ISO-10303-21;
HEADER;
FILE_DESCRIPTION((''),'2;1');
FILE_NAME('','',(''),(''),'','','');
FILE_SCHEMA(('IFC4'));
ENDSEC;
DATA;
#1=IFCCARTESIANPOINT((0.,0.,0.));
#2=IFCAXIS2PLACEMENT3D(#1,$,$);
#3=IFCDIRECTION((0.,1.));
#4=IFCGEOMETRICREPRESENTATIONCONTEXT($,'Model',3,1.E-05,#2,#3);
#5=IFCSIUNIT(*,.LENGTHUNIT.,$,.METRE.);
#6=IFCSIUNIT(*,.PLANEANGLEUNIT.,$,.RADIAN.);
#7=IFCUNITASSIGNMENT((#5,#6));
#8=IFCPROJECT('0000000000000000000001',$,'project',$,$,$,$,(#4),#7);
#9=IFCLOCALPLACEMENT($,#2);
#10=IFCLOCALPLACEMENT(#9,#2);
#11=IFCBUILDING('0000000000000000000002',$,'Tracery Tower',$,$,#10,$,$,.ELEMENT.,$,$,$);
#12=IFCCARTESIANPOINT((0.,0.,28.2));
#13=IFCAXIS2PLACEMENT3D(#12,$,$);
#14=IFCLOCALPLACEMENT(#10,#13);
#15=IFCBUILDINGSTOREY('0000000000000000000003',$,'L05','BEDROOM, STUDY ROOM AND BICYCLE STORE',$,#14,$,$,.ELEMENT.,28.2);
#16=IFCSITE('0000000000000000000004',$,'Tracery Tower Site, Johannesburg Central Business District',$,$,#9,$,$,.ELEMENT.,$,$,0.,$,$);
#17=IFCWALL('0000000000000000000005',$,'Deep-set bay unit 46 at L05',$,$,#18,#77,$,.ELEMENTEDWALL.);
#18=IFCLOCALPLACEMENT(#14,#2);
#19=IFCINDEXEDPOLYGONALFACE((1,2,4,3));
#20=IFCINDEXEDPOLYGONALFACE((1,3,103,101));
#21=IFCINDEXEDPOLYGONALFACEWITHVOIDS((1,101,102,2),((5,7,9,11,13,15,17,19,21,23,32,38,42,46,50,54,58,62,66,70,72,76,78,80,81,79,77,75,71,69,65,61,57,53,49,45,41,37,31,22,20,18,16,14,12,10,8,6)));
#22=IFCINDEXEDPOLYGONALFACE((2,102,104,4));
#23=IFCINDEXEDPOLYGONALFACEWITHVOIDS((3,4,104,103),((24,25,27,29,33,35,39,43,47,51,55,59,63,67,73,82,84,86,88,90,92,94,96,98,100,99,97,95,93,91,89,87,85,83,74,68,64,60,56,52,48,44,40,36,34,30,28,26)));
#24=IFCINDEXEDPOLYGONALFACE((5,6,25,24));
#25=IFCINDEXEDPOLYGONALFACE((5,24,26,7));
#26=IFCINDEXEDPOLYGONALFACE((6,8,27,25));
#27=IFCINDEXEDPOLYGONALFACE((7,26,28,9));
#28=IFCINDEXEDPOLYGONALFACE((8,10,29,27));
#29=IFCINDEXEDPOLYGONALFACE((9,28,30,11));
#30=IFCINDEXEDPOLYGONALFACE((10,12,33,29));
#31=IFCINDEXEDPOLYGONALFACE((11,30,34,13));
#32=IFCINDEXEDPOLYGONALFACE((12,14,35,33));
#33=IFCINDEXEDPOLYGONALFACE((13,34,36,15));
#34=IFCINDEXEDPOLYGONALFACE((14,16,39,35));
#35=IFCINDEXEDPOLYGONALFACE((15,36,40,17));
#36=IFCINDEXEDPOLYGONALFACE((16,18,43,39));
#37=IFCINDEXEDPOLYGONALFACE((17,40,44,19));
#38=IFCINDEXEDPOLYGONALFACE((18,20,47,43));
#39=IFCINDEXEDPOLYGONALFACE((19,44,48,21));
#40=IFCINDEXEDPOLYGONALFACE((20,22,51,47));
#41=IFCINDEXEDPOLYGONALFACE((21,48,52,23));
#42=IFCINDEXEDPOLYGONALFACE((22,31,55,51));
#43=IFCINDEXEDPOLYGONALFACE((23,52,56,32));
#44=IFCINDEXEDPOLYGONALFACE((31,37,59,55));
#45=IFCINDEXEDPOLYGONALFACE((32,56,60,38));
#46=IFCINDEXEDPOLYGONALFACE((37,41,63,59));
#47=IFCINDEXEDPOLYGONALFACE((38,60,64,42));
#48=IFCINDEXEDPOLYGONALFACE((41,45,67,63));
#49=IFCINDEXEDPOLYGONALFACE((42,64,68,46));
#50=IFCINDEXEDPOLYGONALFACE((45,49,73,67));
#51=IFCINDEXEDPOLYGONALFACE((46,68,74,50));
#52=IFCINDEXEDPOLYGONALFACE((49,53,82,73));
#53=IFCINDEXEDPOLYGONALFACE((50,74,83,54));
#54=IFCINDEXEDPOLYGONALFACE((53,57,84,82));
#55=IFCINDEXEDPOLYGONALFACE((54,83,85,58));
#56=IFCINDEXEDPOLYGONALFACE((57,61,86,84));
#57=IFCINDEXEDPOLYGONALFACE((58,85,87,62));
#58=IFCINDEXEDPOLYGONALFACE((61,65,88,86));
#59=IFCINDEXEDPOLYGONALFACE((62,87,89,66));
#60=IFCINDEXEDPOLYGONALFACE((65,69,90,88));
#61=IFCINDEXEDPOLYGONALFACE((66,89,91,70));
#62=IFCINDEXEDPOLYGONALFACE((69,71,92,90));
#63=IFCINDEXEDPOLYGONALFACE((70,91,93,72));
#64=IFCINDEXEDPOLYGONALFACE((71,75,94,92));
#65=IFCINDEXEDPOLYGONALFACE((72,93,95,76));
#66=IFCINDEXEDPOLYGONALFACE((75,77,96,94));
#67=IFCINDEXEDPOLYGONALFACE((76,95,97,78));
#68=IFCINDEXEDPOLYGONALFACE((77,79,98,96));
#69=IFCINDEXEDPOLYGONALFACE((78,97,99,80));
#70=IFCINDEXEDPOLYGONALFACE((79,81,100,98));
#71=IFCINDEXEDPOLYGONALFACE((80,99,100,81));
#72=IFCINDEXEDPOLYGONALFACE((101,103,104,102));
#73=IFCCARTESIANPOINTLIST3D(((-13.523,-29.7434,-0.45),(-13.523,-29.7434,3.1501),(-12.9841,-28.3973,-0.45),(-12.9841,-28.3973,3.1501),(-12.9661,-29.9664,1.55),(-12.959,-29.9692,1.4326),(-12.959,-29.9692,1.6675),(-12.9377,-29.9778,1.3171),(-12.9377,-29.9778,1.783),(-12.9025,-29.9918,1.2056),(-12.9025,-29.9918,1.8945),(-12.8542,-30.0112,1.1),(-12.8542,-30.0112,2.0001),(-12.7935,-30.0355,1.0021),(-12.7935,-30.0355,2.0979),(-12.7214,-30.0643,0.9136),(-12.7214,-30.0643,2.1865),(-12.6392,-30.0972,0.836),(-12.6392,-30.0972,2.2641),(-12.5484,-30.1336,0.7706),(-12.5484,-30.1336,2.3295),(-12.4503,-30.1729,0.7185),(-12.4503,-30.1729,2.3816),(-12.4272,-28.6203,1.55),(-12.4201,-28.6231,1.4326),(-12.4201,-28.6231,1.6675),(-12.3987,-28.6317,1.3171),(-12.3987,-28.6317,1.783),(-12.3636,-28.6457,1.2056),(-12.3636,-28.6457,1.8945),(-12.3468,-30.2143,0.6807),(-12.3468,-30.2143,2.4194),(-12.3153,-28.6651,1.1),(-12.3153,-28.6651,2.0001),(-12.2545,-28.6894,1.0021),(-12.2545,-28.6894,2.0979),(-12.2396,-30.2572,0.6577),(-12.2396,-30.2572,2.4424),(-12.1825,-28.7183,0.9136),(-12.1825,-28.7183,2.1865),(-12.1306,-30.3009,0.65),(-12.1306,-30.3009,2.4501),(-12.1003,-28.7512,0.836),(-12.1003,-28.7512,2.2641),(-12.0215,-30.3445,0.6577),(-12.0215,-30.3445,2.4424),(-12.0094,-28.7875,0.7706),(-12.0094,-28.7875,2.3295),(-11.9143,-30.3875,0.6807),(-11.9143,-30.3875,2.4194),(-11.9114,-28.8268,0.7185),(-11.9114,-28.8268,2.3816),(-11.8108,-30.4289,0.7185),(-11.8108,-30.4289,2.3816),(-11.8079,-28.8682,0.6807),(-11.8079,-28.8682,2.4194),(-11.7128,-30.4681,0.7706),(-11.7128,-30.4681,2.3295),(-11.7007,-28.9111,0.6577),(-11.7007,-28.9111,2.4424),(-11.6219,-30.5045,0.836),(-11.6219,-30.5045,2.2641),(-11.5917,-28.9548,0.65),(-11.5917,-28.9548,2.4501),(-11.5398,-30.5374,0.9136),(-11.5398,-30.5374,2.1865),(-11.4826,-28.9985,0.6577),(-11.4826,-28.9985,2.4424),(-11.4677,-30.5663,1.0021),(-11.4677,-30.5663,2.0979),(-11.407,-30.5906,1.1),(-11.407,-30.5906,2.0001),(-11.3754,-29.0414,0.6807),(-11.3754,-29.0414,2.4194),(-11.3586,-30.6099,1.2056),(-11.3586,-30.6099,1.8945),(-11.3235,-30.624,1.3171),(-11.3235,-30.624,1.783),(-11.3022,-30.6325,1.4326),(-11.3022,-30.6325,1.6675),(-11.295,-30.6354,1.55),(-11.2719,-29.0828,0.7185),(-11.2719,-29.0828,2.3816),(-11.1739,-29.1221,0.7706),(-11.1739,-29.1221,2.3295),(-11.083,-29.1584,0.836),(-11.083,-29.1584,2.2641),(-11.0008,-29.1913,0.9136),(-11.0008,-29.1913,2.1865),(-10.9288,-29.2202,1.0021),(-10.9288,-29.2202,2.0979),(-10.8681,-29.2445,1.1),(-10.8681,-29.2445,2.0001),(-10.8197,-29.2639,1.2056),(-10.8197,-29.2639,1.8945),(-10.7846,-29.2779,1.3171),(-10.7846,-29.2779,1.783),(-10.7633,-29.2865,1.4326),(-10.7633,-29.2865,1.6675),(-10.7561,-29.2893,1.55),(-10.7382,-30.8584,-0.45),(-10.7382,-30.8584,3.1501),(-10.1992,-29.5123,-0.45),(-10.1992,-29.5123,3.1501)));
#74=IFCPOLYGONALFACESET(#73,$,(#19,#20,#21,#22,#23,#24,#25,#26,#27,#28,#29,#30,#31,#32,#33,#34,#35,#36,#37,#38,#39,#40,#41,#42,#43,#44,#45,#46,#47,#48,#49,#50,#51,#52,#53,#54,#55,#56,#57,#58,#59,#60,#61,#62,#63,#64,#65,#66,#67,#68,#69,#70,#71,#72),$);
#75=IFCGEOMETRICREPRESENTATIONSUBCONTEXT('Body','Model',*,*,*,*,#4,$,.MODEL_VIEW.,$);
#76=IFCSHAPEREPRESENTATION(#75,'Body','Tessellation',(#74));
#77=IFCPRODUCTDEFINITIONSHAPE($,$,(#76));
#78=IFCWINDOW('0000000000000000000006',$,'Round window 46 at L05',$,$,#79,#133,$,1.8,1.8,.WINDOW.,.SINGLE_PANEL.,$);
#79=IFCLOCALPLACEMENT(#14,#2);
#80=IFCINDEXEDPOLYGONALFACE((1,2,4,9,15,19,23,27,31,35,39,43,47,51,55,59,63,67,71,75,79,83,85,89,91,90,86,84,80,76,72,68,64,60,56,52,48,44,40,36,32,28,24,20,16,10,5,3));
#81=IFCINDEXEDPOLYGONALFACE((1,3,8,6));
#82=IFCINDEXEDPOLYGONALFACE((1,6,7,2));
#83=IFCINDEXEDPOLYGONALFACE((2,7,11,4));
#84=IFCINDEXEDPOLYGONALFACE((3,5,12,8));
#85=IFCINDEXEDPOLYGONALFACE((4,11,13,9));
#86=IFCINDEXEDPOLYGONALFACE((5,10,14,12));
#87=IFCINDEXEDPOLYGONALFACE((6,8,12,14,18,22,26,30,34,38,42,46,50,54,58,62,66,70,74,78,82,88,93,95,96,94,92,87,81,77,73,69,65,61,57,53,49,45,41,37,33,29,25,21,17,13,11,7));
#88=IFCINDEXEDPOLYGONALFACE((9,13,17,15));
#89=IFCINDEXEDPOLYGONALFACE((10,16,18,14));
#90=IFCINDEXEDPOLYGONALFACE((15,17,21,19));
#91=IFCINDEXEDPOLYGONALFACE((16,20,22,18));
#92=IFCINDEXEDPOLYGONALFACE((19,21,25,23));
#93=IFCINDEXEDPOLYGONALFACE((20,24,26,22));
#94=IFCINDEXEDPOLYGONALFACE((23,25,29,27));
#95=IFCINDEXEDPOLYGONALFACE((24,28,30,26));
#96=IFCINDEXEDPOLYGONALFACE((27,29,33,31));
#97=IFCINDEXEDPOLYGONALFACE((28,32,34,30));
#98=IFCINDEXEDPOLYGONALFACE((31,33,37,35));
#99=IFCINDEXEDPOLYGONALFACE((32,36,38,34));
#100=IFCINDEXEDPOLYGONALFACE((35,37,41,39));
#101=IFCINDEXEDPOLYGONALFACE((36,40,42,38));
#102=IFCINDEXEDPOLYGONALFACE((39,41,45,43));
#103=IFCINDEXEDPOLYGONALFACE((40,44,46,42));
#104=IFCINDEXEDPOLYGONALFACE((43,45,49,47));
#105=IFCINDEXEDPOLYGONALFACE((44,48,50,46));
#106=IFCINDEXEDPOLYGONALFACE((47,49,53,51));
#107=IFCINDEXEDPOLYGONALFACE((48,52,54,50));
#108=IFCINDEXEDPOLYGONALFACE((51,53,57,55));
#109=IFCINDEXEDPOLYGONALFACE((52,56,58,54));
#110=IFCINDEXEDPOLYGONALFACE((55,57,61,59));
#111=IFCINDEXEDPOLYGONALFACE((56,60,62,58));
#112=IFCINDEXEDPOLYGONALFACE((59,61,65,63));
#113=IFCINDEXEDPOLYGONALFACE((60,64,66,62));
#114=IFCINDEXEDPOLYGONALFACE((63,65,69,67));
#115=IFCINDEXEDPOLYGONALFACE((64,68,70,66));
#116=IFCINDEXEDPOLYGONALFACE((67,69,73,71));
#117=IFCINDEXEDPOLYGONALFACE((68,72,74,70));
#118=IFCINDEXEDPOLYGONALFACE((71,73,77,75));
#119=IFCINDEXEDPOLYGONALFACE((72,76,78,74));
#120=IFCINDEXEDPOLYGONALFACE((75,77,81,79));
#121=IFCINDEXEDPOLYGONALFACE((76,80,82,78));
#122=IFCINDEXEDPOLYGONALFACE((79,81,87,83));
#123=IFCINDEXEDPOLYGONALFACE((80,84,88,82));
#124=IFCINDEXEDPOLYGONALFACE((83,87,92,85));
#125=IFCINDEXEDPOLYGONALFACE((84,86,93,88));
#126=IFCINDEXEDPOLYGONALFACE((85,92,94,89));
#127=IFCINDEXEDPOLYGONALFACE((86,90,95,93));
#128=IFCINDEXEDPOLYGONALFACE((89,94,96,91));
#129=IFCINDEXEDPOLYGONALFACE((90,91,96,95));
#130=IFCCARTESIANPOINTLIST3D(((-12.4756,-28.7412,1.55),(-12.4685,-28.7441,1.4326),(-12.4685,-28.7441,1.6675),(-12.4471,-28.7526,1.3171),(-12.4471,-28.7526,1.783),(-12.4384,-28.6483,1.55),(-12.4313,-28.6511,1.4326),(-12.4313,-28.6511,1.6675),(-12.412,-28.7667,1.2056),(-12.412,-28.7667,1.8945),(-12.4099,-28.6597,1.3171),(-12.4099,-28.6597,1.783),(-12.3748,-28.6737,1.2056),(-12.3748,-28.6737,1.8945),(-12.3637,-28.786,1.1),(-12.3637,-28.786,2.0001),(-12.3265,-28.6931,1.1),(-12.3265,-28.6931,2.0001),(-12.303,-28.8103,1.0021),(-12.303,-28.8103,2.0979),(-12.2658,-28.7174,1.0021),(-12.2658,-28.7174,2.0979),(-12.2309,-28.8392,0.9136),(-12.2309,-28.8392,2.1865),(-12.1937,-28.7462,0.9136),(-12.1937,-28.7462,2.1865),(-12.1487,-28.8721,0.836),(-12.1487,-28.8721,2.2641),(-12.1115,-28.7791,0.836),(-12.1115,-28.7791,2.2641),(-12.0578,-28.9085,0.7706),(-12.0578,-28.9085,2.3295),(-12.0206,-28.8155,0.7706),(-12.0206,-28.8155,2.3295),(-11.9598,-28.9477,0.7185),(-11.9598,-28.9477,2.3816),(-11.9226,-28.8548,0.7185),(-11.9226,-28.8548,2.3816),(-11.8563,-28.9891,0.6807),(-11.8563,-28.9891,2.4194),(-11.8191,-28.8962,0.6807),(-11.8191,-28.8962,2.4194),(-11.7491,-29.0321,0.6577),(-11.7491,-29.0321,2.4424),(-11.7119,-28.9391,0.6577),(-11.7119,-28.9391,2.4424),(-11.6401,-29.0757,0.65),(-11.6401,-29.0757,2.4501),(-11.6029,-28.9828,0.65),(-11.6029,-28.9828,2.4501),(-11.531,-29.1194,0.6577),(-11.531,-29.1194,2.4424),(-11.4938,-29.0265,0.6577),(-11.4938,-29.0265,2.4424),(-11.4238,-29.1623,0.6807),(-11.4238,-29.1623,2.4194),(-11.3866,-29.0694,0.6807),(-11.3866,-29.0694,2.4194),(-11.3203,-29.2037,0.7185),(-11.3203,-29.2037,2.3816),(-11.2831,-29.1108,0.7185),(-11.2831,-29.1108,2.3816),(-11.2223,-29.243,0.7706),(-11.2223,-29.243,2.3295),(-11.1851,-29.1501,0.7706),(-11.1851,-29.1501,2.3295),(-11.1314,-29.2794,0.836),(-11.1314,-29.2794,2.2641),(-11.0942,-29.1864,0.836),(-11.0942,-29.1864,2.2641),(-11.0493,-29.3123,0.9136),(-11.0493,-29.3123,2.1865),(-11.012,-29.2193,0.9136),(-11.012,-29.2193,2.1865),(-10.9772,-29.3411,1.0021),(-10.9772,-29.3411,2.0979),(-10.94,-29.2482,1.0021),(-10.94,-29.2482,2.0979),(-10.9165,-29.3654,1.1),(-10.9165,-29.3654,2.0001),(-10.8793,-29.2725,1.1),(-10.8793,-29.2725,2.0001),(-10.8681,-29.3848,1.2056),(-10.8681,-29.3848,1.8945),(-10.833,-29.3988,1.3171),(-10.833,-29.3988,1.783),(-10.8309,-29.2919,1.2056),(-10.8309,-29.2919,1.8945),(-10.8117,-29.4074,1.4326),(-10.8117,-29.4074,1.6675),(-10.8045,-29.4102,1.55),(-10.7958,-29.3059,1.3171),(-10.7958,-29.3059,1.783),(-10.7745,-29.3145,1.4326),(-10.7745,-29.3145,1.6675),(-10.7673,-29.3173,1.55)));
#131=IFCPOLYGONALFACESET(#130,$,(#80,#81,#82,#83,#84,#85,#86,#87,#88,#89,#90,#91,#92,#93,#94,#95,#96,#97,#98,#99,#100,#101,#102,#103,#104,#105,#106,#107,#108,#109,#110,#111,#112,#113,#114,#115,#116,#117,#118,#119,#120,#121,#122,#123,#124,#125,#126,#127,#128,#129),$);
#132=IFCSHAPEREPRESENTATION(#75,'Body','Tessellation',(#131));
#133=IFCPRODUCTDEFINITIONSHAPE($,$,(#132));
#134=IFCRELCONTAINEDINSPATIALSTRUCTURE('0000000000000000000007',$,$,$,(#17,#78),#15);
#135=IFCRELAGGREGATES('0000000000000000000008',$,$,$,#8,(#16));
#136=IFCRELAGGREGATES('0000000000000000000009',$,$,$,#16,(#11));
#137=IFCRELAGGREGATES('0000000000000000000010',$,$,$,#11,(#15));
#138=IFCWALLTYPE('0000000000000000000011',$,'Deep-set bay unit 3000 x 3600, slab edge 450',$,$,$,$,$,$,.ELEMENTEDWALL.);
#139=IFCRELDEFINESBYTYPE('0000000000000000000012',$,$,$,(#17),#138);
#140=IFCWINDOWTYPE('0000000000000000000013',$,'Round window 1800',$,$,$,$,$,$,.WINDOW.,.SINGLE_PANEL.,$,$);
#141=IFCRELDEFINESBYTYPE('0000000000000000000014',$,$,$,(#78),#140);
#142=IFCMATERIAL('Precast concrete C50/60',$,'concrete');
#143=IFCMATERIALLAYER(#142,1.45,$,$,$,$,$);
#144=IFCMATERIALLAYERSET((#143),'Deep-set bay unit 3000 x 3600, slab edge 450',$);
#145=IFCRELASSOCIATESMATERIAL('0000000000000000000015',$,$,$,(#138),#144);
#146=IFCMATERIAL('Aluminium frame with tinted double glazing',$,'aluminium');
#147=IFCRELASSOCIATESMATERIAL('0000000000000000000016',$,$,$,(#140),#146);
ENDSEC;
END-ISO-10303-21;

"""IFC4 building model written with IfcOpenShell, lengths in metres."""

from ifc_helpers import new_model, si_unit, direction, frame, frame_2d, origin, origin_2d, place, context, subcontext, project, spatial, rectangle, circle, extrude, material, layer, layer_set, type_object, element, fill, save


model = new_model("IFC4")

# Units and contexts
model_context = context("Model", 3, precision=1e-05, world=origin(), true_north=direction((0.0, 1.0)))
body_context = subcontext(model_context, "Body", "Model", "MODEL_VIEW")
ifc_project = project(units=[si_unit("LENGTHUNIT", "METRE"), si_unit("PLANEANGLEUNIT", "RADIAN")], contexts=[model_context])

# Site, building, storey
site_placement = place(None, origin())
site = spatial("IfcSite", under=ifc_project, at=site_placement, Name="Tracery Tower Site, Johannesburg Central Business District", CompositionType="ELEMENT", RefElevation=0.0)
building_placement = place(site_placement, origin())
building = spatial("IfcBuilding", under=site, at=building_placement, Name="Tracery Tower", CompositionType="ELEMENT")
storey_placement = place(building_placement, frame((0.0, 0.0, 28.2)))
storey = spatial("IfcBuildingStorey", under=building, at=storey_placement, Name="L05", Description="BEDROOM, STUDY ROOM AND BICYCLE STORE", CompositionType="ELEMENT", Elevation=28.2)

# Wall, opening, window
ifc_material_1 = material(Name="Precast concrete C50/60", Category="concrete")
ifc_layer_1 = layer(ifc_material_1, 1.45)
ifc_layer_set_1 = layer_set([ifc_layer_1], Name="Deep-set bay unit 3000 x 3600, slab edge 450")
wall_type_1 = type_object("IfcWallType", Name="Deep-set bay unit 3000 x 3600, slab edge 450", PredefinedType="ELEMENTEDWALL", material=ifc_layer_set_1)
wall_1_placement = place(storey_placement, frame((-13.2537, -29.0703, -0.45), z_axis=(0.0, 0.0, 1.0), x_axis=(0.928359, -0.371685, 0.0)))
wall_1 = element("IfcWall", 1, at=wall_1_placement, inside=storey, type_object=wall_type_1, Name="Deep-set bay unit 46 at L05", PredefinedType="ELEMENTEDWALL", context=body_context, shape_type="SweptSolid", body=[
    extrude(rectangle(XDim=2.9998, YDim=1.45, at=frame_2d((1.5, 0.0))), origin(), (0.0, 0.0, 1.0), 3.6001),
])
opening_1_placement = place(wall_1_placement, frame((1.5, 0.0, 2.0)))
opening_1 = element("IfcOpeningElement", 2, at=opening_1_placement, cuts=wall_1, PredefinedType="OPENING", context=body_context, shape_type="SweptSolid", body=[
    extrude(circle(Radius=0.9, at=origin_2d()), frame((0.0, 0.7349, 0.0), z_axis=(0.0, -1.0, 0.0), x_axis=(1.0, 0.0, 0.0)), (0.0, 0.0, 1.0), 1.47),
])
ifc_material_2 = material(Name="Aluminium frame with tinted double glazing", Category="aluminium")
window_type = type_object("IfcWindowType", Name="Round window 1800", PartitioningType="SINGLE_PANEL", PredefinedType="WINDOW", material=ifc_material_2)
window_1_placement = place(opening_1_placement, origin())
window_1 = element("IfcWindow", 3, at=window_1_placement, inside=storey, type_object=window_type, Name="Round window 46 at L05", OverallHeight=1.8, OverallWidth=1.8, PartitioningType="SINGLE_PANEL", PredefinedType="WINDOW", context=body_context, shape_type="SweptSolid", body=[
    extrude(circle(Radius=0.9, at=origin_2d()), frame((0.0, 0.6948, 0.0), z_axis=(0.0, -1.0, 0.0), x_axis=(1.0, 0.0, 0.0)), (0.0, 0.0, 1.0), 0.1001),
])
fill(opening_1, window_1)

save(model, "model.ifc")
